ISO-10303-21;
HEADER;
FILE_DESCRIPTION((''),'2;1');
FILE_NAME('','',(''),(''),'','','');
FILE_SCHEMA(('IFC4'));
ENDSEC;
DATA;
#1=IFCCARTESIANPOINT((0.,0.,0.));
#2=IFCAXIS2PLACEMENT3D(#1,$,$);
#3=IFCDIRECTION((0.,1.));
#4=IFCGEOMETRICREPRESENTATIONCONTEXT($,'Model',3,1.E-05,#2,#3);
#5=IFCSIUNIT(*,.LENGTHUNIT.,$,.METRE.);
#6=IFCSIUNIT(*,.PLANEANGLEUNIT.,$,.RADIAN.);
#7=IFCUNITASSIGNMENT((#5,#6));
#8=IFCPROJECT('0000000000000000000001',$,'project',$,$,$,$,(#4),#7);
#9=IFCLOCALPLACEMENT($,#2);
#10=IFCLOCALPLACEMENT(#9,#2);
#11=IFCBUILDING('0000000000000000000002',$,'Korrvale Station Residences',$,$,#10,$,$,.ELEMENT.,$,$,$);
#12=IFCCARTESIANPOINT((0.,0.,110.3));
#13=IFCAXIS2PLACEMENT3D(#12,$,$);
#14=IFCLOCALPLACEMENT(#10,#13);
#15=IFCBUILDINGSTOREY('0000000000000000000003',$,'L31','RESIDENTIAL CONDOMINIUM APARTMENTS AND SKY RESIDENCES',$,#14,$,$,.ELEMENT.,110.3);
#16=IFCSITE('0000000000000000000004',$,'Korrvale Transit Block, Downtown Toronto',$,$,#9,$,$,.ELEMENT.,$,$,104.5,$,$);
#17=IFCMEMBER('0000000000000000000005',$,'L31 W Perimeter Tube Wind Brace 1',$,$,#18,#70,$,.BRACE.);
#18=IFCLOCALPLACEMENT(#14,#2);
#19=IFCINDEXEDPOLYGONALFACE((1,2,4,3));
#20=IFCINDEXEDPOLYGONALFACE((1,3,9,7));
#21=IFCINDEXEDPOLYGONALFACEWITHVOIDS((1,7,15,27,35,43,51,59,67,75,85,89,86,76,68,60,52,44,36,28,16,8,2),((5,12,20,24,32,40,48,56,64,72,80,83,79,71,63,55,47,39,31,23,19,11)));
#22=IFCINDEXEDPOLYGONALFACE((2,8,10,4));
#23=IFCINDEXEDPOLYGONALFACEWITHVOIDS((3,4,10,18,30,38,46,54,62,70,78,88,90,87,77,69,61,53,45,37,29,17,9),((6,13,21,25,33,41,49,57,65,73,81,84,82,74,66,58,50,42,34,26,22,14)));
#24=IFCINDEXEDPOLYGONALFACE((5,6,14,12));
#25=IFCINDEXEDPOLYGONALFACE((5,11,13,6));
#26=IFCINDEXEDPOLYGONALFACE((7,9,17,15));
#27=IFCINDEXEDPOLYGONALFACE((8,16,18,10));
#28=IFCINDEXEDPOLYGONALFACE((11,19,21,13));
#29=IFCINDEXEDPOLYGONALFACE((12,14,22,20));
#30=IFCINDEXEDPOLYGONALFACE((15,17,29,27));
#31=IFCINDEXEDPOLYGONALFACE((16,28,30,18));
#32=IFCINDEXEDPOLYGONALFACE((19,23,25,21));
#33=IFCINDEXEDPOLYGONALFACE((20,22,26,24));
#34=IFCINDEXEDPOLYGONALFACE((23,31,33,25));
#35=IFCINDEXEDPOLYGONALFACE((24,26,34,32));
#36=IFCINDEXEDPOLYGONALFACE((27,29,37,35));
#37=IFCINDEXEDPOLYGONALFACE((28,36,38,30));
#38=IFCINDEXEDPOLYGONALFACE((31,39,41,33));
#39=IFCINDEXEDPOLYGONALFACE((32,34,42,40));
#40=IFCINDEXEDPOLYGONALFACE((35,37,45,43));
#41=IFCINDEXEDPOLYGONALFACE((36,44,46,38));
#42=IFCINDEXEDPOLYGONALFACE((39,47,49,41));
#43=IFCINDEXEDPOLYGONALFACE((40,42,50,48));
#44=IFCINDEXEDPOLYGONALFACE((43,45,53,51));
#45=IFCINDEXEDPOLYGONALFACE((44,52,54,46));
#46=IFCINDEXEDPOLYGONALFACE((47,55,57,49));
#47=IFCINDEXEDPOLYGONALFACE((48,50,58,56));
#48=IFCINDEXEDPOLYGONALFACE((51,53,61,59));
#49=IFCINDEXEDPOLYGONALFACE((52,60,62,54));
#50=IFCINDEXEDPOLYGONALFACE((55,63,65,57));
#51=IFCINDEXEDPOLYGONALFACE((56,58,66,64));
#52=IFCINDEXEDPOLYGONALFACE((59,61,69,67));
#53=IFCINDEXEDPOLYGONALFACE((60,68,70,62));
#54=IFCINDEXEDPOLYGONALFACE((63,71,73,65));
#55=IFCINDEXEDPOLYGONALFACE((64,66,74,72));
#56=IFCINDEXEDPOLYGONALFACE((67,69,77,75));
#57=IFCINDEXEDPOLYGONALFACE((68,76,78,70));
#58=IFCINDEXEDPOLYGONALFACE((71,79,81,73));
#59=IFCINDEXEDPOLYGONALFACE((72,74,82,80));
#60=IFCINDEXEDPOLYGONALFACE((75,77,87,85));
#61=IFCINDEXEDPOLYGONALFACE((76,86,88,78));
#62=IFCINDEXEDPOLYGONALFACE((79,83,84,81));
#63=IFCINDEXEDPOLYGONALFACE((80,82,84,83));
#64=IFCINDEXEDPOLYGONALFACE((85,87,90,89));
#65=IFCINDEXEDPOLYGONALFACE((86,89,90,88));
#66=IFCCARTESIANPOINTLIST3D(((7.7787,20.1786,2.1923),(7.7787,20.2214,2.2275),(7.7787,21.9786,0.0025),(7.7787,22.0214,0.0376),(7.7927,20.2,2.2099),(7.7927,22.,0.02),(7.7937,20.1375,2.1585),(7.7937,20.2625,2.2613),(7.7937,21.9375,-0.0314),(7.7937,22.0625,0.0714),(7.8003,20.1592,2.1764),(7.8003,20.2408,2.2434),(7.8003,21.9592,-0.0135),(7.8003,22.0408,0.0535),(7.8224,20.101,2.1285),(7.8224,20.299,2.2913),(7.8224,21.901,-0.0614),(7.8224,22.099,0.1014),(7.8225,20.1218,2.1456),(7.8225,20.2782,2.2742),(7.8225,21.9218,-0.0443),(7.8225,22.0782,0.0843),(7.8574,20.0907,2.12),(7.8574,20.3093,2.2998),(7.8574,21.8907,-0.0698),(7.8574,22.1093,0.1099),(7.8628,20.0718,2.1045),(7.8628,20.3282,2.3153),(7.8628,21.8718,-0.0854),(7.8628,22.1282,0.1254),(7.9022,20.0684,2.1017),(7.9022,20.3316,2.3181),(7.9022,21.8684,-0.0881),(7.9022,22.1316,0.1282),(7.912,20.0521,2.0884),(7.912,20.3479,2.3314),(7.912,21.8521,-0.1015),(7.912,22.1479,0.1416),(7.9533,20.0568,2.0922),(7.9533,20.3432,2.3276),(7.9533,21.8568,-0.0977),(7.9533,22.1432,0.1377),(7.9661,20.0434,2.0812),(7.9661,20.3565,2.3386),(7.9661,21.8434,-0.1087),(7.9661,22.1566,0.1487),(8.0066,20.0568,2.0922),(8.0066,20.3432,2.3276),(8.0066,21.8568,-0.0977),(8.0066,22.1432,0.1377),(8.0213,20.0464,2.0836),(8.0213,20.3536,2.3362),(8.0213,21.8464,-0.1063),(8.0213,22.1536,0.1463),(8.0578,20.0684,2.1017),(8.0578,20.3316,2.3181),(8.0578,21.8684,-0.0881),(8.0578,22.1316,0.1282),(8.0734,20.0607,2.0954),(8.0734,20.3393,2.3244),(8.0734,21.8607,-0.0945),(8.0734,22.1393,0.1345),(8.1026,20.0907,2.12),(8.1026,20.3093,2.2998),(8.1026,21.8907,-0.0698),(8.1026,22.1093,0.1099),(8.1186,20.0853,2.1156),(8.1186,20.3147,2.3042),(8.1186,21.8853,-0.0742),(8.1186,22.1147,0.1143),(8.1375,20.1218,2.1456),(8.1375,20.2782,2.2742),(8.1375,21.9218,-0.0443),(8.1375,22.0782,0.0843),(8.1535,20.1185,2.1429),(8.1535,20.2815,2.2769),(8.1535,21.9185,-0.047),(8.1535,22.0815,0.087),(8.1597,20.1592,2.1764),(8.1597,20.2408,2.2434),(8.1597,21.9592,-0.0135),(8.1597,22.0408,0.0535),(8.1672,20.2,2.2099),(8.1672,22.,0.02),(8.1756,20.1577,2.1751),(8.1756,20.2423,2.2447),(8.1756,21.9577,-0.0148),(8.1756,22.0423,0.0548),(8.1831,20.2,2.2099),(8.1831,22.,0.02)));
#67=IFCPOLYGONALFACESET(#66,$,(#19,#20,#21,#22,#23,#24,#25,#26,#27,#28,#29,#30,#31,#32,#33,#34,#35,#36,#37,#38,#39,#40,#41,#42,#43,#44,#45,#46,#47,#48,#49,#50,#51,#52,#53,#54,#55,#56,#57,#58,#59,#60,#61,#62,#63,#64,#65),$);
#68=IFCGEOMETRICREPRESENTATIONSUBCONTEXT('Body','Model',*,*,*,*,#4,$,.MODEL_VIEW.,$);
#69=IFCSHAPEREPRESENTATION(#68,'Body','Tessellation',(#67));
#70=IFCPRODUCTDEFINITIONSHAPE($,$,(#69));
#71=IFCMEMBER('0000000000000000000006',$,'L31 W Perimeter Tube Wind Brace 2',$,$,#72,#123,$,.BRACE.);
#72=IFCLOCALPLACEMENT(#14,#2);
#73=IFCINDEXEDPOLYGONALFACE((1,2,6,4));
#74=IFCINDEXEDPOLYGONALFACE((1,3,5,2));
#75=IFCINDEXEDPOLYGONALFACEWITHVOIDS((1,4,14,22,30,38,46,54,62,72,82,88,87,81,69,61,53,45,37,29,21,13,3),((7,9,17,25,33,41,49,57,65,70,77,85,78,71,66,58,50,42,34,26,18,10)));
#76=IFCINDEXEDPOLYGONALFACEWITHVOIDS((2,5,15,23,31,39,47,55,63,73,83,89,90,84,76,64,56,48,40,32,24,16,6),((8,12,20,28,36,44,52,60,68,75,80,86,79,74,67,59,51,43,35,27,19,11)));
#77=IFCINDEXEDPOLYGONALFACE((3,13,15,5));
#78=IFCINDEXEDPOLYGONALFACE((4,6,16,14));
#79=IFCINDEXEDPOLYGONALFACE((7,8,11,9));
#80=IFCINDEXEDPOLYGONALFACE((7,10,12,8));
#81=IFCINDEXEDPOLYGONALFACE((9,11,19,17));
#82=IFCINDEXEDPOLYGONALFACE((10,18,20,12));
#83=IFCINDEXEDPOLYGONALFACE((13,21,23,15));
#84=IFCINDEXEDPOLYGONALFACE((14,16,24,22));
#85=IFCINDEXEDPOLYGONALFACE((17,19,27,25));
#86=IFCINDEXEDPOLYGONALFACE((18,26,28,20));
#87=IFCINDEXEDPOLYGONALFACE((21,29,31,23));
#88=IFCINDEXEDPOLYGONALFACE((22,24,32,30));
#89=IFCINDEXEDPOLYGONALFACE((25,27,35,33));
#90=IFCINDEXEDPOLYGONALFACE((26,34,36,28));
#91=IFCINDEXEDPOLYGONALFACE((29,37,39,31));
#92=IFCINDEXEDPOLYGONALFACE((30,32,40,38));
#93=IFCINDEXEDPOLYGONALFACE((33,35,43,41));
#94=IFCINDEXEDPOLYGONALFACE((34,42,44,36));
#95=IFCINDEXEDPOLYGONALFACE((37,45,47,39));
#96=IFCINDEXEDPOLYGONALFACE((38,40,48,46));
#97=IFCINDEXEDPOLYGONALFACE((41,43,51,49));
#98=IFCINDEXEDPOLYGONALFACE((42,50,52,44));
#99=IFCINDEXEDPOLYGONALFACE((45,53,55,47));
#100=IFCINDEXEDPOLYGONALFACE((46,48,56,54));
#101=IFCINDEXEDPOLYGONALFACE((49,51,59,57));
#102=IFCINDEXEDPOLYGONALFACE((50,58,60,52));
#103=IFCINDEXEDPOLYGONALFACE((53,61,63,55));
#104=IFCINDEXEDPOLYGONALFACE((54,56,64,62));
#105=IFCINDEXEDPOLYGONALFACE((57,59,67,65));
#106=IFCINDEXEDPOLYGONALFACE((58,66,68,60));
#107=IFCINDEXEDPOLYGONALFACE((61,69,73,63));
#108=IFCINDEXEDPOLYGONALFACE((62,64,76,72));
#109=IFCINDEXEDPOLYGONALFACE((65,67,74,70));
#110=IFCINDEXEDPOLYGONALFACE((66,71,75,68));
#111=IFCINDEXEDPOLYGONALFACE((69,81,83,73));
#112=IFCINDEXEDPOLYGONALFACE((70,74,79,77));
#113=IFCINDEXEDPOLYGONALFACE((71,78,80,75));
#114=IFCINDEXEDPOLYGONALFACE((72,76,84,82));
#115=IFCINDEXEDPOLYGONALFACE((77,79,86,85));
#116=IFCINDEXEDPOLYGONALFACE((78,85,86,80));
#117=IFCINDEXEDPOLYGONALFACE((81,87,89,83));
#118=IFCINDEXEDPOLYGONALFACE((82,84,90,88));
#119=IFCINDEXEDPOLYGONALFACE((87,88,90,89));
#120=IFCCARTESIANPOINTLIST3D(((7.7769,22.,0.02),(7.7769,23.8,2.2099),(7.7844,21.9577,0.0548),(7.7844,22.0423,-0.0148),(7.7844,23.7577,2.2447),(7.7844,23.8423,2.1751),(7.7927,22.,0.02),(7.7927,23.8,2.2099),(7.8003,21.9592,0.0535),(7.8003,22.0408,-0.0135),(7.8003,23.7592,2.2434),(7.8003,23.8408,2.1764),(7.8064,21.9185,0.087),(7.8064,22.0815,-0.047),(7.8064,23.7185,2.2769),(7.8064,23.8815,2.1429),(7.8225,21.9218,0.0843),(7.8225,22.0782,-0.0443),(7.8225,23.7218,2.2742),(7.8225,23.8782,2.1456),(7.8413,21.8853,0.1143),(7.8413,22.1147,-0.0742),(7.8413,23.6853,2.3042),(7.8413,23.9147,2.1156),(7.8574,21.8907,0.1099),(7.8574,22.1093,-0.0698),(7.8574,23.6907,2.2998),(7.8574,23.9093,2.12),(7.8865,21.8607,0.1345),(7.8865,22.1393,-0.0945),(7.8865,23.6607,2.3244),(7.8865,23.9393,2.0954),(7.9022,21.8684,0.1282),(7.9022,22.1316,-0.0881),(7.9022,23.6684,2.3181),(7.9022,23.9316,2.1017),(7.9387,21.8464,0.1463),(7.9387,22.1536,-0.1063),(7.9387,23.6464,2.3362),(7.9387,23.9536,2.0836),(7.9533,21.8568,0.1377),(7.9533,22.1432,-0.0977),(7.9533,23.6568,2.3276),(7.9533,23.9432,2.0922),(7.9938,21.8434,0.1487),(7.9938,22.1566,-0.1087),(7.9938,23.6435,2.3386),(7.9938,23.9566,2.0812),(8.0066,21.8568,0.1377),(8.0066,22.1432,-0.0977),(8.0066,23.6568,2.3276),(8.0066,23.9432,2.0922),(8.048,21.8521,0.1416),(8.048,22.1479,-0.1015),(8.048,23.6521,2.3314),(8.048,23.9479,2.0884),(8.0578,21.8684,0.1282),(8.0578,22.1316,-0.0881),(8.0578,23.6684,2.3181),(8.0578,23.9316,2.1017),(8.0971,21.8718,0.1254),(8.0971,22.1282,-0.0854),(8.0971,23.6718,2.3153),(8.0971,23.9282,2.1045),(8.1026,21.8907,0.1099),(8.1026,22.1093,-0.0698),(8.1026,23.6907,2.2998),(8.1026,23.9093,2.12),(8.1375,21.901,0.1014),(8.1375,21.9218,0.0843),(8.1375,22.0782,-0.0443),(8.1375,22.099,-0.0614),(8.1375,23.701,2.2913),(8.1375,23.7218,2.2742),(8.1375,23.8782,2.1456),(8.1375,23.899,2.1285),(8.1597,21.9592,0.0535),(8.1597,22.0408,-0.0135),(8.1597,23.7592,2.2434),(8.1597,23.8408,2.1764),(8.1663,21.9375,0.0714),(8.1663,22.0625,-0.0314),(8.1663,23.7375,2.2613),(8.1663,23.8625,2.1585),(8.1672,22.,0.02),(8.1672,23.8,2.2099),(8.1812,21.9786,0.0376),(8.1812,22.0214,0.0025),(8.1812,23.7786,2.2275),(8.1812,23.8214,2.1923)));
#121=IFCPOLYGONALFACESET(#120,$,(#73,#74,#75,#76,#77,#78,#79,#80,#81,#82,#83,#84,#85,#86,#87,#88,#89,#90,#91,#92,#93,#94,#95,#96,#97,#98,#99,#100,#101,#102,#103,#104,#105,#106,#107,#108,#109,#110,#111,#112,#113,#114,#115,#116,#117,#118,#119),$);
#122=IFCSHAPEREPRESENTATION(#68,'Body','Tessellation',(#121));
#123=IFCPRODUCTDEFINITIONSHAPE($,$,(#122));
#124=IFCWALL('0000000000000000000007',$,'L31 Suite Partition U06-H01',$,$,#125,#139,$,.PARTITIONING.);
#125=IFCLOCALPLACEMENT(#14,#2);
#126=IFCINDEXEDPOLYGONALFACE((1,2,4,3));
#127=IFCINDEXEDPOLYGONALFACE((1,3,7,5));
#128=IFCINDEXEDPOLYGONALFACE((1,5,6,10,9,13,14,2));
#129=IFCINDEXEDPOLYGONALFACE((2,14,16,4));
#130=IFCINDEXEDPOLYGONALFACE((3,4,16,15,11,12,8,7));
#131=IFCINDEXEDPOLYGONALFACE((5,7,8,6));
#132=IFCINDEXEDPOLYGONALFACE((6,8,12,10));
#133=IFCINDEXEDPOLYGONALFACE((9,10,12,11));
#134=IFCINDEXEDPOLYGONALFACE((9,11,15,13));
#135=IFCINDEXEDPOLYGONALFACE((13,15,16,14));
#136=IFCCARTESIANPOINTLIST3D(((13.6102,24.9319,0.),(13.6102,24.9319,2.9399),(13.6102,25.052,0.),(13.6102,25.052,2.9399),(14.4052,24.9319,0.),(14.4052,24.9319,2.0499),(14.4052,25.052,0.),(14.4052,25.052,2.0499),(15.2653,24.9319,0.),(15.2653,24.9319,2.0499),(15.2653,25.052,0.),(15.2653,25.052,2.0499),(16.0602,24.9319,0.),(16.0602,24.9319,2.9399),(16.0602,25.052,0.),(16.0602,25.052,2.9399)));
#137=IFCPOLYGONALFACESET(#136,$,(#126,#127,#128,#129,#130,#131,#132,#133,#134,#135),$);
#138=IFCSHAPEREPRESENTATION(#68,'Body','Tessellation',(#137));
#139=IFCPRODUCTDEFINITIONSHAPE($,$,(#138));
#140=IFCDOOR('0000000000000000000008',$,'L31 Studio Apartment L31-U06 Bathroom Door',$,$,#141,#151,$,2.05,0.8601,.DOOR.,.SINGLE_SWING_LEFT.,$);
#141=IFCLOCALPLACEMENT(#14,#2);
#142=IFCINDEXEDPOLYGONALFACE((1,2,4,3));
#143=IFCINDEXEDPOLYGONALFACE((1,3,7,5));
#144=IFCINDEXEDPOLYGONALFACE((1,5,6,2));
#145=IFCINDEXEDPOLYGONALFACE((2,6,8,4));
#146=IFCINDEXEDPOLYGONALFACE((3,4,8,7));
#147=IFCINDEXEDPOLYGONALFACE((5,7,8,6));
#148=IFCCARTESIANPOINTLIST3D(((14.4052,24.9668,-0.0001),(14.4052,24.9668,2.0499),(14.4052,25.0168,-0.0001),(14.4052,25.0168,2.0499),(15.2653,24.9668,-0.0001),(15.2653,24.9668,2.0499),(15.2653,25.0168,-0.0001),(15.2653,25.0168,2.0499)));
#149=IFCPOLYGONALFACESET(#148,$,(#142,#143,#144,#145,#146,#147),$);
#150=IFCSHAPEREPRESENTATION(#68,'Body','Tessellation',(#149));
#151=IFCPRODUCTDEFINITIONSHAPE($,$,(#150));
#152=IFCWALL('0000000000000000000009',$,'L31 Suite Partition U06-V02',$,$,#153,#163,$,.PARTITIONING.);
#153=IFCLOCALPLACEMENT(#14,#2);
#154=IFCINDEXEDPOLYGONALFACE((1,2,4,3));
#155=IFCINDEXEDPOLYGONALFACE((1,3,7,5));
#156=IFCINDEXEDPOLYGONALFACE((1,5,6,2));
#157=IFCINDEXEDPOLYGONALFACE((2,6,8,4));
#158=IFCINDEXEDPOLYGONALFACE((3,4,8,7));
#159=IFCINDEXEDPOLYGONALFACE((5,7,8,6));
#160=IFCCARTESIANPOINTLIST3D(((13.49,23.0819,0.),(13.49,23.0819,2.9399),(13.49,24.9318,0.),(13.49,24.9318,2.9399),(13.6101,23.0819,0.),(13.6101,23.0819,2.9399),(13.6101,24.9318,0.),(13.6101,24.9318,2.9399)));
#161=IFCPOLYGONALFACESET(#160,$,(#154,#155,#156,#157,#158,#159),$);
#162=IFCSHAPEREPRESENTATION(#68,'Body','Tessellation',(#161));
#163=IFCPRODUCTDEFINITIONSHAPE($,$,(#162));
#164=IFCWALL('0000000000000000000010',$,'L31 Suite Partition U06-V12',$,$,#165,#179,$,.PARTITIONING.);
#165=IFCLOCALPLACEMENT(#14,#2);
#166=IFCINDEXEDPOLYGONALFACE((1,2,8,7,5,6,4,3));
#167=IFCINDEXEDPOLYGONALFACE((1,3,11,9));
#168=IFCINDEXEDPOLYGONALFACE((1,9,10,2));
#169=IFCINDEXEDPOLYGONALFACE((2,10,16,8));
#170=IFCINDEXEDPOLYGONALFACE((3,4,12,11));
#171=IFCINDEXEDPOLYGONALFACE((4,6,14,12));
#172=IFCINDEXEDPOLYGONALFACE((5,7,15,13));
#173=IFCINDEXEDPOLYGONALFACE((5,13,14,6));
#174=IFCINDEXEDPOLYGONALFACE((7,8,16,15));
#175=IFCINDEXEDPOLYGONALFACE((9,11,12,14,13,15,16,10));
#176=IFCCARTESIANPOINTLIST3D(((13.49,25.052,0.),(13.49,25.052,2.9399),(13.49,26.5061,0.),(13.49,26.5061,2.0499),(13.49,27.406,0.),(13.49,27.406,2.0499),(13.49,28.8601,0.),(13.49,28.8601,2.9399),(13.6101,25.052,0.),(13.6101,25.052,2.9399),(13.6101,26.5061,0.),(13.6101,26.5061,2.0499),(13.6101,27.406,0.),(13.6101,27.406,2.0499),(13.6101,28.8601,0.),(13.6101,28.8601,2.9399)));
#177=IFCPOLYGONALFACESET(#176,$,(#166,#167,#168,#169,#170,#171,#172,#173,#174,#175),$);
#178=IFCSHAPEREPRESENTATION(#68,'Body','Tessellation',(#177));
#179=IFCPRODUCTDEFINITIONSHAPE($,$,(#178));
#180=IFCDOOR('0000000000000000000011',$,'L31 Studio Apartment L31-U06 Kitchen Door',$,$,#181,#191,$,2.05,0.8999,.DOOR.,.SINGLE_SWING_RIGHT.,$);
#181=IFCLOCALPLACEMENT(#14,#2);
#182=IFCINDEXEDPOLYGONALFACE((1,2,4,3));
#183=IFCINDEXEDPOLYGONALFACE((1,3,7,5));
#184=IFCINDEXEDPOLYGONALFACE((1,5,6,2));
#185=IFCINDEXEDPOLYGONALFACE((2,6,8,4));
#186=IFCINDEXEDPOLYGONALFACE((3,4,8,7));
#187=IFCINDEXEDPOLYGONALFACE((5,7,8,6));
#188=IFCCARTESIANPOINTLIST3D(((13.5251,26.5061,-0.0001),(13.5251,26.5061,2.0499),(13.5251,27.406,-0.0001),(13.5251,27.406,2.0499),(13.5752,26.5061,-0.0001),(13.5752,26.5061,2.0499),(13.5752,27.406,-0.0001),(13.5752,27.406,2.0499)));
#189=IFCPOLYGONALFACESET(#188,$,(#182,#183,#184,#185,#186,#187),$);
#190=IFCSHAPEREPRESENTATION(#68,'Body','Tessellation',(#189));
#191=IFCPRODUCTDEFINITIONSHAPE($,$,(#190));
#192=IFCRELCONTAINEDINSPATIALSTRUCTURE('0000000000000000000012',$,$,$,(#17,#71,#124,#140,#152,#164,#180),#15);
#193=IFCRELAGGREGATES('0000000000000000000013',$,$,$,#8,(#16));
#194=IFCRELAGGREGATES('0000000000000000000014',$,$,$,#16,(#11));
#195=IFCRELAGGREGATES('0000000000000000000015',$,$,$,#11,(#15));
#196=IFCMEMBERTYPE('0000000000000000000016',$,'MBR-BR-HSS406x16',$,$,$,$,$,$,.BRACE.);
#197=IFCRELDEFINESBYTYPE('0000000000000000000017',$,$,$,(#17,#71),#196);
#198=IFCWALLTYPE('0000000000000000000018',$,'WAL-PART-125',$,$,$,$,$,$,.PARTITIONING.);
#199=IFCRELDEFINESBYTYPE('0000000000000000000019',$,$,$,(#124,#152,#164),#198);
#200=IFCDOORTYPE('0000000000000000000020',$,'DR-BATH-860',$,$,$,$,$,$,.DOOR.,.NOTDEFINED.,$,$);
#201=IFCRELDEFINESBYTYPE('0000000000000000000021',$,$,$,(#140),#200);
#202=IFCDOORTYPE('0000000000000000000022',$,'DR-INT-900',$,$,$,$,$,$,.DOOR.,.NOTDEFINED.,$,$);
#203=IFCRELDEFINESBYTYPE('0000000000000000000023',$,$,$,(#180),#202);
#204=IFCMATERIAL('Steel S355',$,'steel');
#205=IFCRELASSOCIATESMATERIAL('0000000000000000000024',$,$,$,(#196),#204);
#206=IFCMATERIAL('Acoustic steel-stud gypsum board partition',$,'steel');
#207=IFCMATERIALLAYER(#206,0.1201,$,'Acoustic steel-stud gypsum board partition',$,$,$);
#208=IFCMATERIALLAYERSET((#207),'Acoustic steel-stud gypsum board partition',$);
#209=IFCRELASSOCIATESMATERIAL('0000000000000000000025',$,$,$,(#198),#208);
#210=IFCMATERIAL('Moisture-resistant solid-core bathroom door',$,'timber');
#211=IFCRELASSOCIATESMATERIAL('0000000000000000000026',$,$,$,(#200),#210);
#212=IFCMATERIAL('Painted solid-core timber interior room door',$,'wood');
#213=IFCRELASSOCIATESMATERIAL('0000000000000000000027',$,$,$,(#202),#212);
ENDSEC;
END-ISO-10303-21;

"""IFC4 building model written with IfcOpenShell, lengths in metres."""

from ifc_helpers import new_model, si_unit, direction, frame, frame_2d, origin, origin_2d, place, context, subcontext, project, spatial, rectangle, hollow_circle, extrude, material, layer, layer_set, material_profile, profile_set, type_object, element, fill, save


model = new_model("IFC4")

# Units and contexts
model_context = context("Model", 3, precision=1e-05, world=origin(), true_north=direction((0.0, 1.0)))
body_context = subcontext(model_context, "Body", "Model", "MODEL_VIEW")
ifc_project = project(units=[si_unit("LENGTHUNIT", "METRE"), si_unit("PLANEANGLEUNIT", "RADIAN")], contexts=[model_context])

# Site, building, storey
site_placement = place(None, origin())
site = spatial("IfcSite", under=ifc_project, at=site_placement, Name="Korrvale Transit Block, Downtown Toronto", CompositionType="ELEMENT", RefElevation=104.5)
building_placement = place(site_placement, origin())
building = spatial("IfcBuilding", under=site, at=building_placement, Name="Korrvale Station Residences", CompositionType="ELEMENT")
storey_placement = place(building_placement, frame((0.0, 0.0, 110.3)))
storey = spatial("IfcBuildingStorey", under=building, at=storey_placement, Name="L31", Description="RESIDENTIAL CONDOMINIUM APARTMENTS AND SKY RESIDENCES", CompositionType="ELEMENT", Elevation=110.3)

# Shared definitions
ifc_material_1 = material(Name="Steel S355", Category="steel")

# Members
ifc_material_profile_1 = material_profile(ifc_material_1, hollow_circle(Radius=0.2031, WallThickness=0.0159, at=origin_2d()), Name="HSS406x16")
ifc_profile_set_1 = profile_set([ifc_material_profile_1], Name="Steel S355")
member_type = type_object("IfcMemberType", Name="MBR-BR-HSS406x16", PredefinedType="BRACE", material=ifc_profile_set_1)
for number, where, z_axis, x_axis, name in (
    (1, (7.98, 22.0, 0.02), (0.0, -0.634985, 0.772524), (1.0, 0.0, 0.0), "L31 W Perimeter Tube Wind Brace 1"),
    (2, (7.98, 22.0, 0.02), (0.0, 0.634985, 0.772524), (-1.0, 0.0, 0.0), "L31 W Perimeter Tube Wind Brace 2"),
):
    element("IfcMember", number, at=place(storey_placement, frame(where, z_axis=z_axis, x_axis=x_axis)), inside=storey, type_object=member_type, Name=name, PredefinedType="BRACE", context=body_context, shape_type="SweptSolid", body=[
        extrude(hollow_circle(Radius=0.2031, WallThickness=0.0159, at=origin_2d()), origin(), (0.0, 0.0, 1.0), 2.8347),
    ])

# Wall, opening, door
ifc_material_2 = material(Name="Acoustic steel-stud gypsum board partition", Category="steel")
ifc_layer_1 = layer(ifc_material_2, 0.1201, Name="Acoustic steel-stud gypsum board partition")
ifc_layer_set_1 = layer_set([ifc_layer_1], Name="Acoustic steel-stud gypsum board partition")
wall_type_1 = type_object("IfcWallType", Name="WAL-PART-125", PredefinedType="PARTITIONING", material=ifc_layer_set_1)
wall_1_placement = place(storey_placement, frame((13.6101, 24.9919, 0.0), z_axis=(0.0, 0.0, 1.0), x_axis=(1.0, 0.0, 0.0)))
wall_1 = element("IfcWall", 3, at=wall_1_placement, inside=storey, type_object=wall_type_1, Name="L31 Suite Partition U06-H01", PredefinedType="PARTITIONING", context=body_context, shape_type="SweptSolid", body=[
    extrude(rectangle(XDim=2.45, YDim=0.1201, at=frame_2d((1.2251, 0.0))), origin(), (0.0, 0.0, 1.0), 2.9399),
])
opening_1_placement = place(wall_1_placement, frame((0.7949, 0.0, 0.0)))
opening_1 = element("IfcOpeningElement", 4, at=opening_1_placement, cuts=wall_1, PredefinedType="OPENING", context=body_context, shape_type="SweptSolid", body=[
    extrude(rectangle(XDim=0.8601, YDim=2.05, at=frame_2d((0.4302, 1.0249))), frame((0.0, 0.0701, 0.0), z_axis=(0.0, -1.0, 0.0), x_axis=(1.0, 0.0, 0.0)), (0.0, 0.0, 1.0), 0.1401),
])
ifc_material_3 = material(Name="Moisture-resistant solid-core bathroom door", Category="timber")
door_type_1 = type_object("IfcDoorType", Name="DR-BATH-860", OperationType="NOTDEFINED", PredefinedType="DOOR", material=ifc_material_3)
door_1_placement = place(opening_1_placement, origin())
door_1 = element("IfcDoor", 5, at=door_1_placement, inside=storey, type_object=door_type_1, Name="L31 Studio Apartment L31-U06 Bathroom Door", OperationType="SINGLE_SWING_LEFT", OverallHeight=2.05, OverallWidth=0.8601, PredefinedType="DOOR", context=body_context, shape_type="SweptSolid", body=[
    extrude(rectangle(XDim=0.8601, YDim=2.05, at=frame_2d((0.4302, 1.0249))), frame((0.0, 0.0249, 0.0), z_axis=(0.0, -1.0, 0.0), x_axis=(1.0, 0.0, 0.0)), (0.0, 0.0, 1.0), 0.05),
])
fill(opening_1, door_1)

# Wall
wall_2_placement = place(storey_placement, frame((13.55, 23.082, 0.0), z_axis=(0.0, 0.0, 1.0), x_axis=(0.0, 1.0, 0.0)))
element("IfcWall", 6, at=wall_2_placement, inside=storey, type_object=wall_type_1, Name="L31 Suite Partition U06-V02", PredefinedType="PARTITIONING", context=body_context, shape_type="SweptSolid", body=[
    extrude(rectangle(XDim=1.8499, YDim=0.1201, at=frame_2d((0.9248, 0.0))), origin(), (0.0, 0.0, 1.0), 2.9399),
])

# Wall, opening, door
wall_3_placement = place(storey_placement, frame((13.55, 25.052, 0.0), z_axis=(0.0, 0.0, 1.0), x_axis=(0.0, 1.0, 0.0)))
wall_3 = element("IfcWall", 7, at=wall_3_placement, inside=storey, type_object=wall_type_1, Name="L31 Suite Partition U06-V12", PredefinedType="PARTITIONING", context=body_context, shape_type="SweptSolid", body=[
    extrude(rectangle(XDim=3.8081, YDim=0.1201, at=frame_2d((1.9041, 0.0))), origin(), (0.0, 0.0, 1.0), 2.9399),
])
opening_2_placement = place(wall_3_placement, frame((1.4541, 0.0, 0.0)))
opening_2 = element("IfcOpeningElement", 8, at=opening_2_placement, cuts=wall_3, PredefinedType="OPENING", context=body_context, shape_type="SweptSolid", body=[
    extrude(rectangle(XDim=0.8999, YDim=2.05, at=frame_2d((0.45, 1.0249))), frame((0.0, 0.0701, 0.0), z_axis=(0.0, -1.0, 0.0), x_axis=(1.0, 0.0, 0.0)), (0.0, 0.0, 1.0), 0.1401),
])
ifc_material_4 = material(Name="Painted solid-core timber interior room door", Category="wood")
door_type_2 = type_object("IfcDoorType", Name="DR-INT-900", OperationType="NOTDEFINED", PredefinedType="DOOR", material=ifc_material_4)
door_2_placement = place(opening_2_placement, origin())
door_2 = element("IfcDoor", 9, at=door_2_placement, inside=storey, type_object=door_type_2, Name="L31 Studio Apartment L31-U06 Kitchen Door", OperationType="SINGLE_SWING_RIGHT", OverallHeight=2.05, OverallWidth=0.8999, PredefinedType="DOOR", context=body_context, shape_type="SweptSolid", body=[
    extrude(rectangle(XDim=0.8999, YDim=2.05, at=frame_2d((0.45, 1.0249))), frame((0.0, 0.0249, 0.0), z_axis=(0.0, -1.0, 0.0), x_axis=(1.0, 0.0, 0.0)), (0.0, 0.0, 1.0), 0.05),
])
fill(opening_2, door_2)

save(model, "model.ifc")
